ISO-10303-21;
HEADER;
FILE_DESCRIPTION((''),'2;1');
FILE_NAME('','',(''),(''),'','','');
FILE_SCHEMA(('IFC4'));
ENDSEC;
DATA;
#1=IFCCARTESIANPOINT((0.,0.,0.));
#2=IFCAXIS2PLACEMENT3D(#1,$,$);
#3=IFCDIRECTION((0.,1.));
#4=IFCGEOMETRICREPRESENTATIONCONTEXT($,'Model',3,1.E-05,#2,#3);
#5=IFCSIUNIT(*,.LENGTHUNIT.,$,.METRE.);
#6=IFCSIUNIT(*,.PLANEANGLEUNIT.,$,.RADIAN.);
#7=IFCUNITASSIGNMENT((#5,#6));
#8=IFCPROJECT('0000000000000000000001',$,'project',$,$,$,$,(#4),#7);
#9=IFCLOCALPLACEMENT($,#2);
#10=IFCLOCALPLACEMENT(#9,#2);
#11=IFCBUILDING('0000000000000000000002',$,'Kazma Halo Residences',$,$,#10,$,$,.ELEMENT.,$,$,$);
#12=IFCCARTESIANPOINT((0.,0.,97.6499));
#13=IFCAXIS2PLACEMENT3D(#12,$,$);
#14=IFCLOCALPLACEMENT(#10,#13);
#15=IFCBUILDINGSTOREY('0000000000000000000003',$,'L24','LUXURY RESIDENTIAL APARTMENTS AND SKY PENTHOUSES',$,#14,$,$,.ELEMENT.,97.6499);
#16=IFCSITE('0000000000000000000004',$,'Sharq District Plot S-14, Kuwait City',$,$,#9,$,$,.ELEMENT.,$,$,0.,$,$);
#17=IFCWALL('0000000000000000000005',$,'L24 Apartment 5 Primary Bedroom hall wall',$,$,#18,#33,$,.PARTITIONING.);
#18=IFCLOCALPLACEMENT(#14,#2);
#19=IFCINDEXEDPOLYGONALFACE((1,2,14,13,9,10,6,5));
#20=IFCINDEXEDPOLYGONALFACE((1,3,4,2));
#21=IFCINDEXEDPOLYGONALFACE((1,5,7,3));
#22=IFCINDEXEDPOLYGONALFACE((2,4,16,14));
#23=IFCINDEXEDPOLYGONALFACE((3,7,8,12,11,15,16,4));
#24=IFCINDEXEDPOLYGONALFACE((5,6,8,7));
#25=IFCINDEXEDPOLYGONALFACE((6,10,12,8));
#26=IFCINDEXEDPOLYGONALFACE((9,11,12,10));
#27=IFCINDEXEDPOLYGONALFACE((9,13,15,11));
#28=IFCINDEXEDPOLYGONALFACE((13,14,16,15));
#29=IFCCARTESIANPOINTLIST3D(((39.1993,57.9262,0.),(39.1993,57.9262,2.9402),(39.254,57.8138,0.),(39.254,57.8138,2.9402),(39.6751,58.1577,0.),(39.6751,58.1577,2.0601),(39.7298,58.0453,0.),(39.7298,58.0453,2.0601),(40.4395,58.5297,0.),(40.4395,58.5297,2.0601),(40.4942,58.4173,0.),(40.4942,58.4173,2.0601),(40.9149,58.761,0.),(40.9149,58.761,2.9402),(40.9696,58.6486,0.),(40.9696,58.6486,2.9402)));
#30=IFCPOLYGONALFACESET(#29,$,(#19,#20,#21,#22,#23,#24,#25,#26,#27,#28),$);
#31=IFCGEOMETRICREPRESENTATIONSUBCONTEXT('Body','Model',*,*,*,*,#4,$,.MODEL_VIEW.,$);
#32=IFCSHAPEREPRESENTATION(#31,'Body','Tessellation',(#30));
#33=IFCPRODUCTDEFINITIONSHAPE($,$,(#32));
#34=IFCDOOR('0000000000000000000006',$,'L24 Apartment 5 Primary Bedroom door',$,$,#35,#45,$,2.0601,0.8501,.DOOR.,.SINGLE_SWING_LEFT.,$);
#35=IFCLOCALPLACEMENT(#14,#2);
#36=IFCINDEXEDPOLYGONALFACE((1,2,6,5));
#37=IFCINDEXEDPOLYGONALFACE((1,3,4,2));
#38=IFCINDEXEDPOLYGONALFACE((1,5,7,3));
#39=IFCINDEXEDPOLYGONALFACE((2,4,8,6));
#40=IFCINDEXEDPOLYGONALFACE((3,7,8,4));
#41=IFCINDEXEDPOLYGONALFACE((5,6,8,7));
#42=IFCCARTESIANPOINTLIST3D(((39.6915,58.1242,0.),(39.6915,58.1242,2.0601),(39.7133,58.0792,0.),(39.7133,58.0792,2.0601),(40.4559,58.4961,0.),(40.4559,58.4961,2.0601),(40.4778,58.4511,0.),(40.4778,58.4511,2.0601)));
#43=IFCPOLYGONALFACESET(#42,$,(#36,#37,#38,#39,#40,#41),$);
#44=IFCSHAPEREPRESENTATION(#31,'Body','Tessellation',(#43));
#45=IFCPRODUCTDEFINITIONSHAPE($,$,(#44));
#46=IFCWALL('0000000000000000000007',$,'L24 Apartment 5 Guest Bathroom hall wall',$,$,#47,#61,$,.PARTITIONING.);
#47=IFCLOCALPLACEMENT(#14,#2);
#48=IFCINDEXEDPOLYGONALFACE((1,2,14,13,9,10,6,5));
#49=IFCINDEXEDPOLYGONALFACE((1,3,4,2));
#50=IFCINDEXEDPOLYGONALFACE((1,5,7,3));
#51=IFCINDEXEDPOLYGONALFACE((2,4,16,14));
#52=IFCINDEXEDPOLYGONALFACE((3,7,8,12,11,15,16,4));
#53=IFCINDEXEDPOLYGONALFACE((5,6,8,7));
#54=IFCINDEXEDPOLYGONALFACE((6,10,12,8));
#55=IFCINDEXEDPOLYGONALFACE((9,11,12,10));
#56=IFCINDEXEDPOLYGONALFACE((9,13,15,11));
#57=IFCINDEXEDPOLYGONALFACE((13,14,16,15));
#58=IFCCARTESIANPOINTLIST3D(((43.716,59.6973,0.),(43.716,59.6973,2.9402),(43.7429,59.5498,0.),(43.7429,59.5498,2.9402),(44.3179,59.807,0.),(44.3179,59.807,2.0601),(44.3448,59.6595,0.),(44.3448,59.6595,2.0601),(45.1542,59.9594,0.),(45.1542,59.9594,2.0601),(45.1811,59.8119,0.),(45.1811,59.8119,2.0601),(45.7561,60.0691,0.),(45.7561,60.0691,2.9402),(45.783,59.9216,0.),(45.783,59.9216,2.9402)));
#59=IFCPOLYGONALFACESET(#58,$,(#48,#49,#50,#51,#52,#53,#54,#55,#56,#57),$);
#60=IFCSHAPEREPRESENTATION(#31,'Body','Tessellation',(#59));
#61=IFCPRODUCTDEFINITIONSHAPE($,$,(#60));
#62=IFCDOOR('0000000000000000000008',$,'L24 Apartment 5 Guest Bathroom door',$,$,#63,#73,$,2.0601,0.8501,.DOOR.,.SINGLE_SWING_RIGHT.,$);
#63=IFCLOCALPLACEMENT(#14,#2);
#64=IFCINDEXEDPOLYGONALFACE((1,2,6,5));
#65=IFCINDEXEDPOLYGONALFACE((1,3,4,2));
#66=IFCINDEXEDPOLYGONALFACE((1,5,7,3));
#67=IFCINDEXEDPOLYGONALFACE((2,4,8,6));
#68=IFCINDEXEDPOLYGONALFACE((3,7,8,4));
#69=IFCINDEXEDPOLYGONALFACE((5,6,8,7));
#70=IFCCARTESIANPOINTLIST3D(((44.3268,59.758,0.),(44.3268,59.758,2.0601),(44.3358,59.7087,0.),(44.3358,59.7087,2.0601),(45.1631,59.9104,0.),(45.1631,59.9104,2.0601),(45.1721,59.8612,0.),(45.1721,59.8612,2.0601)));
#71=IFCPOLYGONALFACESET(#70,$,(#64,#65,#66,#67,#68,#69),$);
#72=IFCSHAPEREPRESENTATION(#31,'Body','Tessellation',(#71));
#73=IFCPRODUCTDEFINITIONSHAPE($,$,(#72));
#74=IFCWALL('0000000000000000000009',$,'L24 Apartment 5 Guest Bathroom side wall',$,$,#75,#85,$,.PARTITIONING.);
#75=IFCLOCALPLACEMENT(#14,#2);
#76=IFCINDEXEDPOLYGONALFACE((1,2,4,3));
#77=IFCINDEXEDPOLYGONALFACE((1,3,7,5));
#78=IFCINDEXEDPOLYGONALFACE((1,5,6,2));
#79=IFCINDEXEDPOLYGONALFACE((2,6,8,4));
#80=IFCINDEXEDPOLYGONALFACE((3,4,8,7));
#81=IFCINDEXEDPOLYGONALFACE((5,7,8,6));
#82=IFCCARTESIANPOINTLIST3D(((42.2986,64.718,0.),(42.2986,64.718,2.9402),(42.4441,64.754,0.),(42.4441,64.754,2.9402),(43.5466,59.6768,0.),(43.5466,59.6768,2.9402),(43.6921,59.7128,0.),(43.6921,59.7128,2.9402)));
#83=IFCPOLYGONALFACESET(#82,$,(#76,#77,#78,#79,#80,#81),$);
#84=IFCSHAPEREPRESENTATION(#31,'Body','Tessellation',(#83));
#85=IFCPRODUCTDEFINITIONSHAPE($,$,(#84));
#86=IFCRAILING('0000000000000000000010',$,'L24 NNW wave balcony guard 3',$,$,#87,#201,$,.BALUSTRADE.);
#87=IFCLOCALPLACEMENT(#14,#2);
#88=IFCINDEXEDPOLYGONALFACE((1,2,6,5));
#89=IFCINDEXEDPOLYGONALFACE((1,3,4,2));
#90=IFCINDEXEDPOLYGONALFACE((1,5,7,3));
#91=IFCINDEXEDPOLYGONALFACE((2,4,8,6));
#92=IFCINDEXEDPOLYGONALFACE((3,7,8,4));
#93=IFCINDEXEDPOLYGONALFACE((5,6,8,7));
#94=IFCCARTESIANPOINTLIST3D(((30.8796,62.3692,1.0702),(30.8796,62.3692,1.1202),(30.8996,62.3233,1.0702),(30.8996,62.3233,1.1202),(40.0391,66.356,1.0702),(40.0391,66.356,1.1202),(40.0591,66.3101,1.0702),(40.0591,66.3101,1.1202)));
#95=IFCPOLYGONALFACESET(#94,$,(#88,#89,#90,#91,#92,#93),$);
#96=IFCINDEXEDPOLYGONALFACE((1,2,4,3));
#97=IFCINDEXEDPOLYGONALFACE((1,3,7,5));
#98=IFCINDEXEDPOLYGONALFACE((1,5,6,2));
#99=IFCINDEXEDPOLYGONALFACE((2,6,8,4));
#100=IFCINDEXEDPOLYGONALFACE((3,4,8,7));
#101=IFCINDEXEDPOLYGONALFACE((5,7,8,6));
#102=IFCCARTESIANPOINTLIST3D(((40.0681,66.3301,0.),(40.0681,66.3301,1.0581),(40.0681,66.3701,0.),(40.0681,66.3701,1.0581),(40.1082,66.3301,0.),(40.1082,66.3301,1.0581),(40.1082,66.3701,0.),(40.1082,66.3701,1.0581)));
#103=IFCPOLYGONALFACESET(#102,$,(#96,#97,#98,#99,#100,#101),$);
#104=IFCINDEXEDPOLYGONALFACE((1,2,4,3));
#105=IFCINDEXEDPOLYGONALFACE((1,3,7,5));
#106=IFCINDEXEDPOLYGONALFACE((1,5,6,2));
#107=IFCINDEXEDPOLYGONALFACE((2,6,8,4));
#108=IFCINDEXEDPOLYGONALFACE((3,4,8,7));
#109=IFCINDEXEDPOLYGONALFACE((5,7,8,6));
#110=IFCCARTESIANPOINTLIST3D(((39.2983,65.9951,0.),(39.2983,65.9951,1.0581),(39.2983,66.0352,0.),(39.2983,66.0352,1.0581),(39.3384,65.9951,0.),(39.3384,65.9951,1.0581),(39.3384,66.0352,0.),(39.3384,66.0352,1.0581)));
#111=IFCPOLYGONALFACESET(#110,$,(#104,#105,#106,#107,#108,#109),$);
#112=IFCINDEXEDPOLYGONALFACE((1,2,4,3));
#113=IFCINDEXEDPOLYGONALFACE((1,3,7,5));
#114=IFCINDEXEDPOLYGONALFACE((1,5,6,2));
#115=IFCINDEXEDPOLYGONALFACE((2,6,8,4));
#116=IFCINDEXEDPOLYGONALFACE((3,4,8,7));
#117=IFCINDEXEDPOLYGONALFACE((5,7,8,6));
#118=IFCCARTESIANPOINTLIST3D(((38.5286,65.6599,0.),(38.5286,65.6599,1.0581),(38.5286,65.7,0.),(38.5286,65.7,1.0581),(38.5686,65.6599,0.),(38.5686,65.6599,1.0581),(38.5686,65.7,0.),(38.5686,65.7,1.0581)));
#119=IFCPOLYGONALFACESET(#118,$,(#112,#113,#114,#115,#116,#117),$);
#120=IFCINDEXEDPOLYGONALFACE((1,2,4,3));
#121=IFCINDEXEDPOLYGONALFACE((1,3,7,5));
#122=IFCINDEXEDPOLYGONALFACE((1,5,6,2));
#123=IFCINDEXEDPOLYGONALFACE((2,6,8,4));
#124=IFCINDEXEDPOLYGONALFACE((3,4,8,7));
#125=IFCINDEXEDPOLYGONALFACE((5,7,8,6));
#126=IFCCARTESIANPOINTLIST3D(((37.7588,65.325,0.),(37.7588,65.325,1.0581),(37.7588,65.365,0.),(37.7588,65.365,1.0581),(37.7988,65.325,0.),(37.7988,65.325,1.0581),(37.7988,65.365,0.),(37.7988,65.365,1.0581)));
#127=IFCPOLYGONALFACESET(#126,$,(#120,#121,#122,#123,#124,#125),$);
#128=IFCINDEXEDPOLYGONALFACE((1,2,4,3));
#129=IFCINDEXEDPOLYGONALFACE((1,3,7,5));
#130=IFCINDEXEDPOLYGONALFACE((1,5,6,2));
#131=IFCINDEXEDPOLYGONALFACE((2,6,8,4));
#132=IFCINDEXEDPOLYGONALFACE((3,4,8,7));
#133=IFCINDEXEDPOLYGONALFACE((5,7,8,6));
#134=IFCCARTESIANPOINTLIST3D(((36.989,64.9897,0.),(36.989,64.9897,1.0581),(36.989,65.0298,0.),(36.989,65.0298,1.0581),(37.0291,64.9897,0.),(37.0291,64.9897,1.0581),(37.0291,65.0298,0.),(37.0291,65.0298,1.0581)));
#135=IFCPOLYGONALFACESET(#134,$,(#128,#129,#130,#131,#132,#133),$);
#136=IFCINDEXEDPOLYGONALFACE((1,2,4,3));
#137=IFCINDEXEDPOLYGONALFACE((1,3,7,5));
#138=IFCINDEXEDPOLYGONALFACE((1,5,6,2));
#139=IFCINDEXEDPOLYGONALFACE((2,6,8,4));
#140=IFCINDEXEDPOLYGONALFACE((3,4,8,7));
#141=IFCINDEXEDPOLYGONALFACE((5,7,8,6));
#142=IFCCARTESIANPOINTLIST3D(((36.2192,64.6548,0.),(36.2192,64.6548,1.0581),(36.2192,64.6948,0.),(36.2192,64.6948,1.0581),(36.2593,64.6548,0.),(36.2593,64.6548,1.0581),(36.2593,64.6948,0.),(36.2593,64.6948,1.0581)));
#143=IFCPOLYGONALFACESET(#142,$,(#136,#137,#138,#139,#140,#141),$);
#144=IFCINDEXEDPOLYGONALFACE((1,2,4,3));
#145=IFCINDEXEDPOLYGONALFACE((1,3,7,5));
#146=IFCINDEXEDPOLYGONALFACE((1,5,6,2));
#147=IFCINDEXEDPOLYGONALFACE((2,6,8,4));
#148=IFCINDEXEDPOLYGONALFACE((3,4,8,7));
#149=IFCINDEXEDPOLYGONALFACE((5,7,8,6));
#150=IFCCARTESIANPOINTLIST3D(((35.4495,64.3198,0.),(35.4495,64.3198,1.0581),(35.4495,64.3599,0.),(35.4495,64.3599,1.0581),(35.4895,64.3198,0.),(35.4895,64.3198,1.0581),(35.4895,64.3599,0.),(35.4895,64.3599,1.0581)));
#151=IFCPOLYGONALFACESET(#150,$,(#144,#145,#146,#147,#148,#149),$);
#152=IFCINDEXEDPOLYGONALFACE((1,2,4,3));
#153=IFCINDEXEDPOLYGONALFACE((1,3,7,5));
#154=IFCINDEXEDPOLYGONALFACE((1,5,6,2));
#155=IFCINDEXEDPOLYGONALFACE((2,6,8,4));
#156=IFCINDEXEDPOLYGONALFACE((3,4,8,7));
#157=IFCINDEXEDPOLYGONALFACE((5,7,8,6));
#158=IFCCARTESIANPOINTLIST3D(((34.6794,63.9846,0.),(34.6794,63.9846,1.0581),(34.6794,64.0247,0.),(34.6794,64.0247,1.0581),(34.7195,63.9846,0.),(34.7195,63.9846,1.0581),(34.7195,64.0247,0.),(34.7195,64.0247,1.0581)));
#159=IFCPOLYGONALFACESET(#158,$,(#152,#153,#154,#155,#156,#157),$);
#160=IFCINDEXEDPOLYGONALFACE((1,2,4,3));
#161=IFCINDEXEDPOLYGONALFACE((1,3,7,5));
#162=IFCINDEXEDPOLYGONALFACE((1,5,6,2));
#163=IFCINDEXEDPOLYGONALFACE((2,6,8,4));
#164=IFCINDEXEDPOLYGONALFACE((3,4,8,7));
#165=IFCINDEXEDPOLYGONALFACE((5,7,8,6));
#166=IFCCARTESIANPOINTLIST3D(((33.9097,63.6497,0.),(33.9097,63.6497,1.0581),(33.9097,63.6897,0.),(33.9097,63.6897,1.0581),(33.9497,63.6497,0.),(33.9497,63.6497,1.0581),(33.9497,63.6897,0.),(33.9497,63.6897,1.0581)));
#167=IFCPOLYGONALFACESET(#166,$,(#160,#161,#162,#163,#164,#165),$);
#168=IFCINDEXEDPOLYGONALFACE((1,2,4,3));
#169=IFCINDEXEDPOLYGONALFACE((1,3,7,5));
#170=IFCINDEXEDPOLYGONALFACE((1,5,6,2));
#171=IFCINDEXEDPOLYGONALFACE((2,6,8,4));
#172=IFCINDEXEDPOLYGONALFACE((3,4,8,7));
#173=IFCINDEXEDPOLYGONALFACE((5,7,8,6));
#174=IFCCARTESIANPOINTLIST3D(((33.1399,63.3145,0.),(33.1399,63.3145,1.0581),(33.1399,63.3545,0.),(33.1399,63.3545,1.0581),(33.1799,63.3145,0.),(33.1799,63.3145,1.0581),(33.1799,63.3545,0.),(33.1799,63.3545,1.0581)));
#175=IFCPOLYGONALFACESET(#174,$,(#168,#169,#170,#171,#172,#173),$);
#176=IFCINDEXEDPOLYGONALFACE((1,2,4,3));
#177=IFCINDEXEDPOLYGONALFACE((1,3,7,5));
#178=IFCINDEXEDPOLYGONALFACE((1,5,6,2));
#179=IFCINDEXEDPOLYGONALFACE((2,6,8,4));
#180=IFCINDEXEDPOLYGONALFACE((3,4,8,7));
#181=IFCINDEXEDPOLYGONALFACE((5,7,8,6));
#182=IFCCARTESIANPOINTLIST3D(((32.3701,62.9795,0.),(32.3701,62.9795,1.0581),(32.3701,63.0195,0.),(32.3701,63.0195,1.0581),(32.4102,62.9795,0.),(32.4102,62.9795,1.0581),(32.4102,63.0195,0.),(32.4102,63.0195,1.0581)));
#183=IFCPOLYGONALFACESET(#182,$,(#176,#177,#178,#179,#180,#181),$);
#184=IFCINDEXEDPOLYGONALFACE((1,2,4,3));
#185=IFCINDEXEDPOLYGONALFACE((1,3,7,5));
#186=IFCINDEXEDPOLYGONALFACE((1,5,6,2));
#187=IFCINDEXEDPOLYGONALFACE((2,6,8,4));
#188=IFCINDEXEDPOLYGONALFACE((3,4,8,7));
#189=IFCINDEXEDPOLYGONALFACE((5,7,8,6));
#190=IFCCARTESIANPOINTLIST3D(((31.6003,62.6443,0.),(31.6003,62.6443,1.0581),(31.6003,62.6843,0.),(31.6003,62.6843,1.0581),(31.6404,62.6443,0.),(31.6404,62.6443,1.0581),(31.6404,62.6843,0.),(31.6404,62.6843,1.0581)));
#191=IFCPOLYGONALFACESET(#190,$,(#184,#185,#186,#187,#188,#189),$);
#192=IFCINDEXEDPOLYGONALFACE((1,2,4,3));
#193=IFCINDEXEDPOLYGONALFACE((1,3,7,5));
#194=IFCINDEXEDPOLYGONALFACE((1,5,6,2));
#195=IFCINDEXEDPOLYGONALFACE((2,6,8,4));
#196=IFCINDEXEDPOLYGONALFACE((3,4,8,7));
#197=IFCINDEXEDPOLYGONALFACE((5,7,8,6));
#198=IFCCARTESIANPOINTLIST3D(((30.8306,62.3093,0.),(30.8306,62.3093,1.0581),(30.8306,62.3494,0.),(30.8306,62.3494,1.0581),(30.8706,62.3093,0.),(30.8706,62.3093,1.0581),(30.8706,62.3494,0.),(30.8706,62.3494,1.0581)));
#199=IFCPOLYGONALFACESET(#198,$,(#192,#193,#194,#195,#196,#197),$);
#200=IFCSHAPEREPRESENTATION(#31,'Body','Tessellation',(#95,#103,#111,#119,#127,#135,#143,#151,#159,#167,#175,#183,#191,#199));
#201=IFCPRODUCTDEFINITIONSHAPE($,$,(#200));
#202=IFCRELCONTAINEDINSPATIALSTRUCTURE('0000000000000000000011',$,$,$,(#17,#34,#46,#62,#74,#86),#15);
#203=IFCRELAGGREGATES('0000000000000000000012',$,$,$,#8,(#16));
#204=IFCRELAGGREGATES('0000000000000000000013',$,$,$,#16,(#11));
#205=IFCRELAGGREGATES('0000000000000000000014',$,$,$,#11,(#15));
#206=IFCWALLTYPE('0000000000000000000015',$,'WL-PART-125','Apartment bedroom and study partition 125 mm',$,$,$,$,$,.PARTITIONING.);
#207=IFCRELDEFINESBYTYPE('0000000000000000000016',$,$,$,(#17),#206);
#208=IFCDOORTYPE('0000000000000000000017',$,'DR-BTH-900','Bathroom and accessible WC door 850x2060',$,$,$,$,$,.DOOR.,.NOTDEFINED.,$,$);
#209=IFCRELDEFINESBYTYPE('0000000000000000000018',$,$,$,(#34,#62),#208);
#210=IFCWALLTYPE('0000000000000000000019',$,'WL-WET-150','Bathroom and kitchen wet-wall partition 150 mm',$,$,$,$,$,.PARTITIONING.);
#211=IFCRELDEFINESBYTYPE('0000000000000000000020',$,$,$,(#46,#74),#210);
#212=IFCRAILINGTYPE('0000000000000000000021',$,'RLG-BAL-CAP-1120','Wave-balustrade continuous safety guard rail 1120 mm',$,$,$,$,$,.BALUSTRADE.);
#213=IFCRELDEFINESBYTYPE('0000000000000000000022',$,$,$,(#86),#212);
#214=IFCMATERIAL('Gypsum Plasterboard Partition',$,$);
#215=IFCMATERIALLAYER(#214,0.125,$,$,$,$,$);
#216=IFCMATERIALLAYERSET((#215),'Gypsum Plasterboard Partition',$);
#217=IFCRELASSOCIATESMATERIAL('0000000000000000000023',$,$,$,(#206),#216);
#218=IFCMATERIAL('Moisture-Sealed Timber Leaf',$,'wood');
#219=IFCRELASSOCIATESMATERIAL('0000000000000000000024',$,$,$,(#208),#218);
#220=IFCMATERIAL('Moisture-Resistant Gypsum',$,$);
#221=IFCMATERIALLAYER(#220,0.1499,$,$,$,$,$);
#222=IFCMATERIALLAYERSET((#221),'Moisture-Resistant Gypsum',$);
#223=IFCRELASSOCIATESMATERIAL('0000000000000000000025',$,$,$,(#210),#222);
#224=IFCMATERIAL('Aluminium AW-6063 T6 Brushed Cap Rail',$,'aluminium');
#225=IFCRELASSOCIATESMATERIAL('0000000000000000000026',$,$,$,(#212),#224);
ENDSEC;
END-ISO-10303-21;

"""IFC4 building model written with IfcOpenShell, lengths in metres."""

from ifc_helpers import new_model, si_unit, direction, frame, frame_2d, origin, origin_2d, place, context, subcontext, project, spatial, rectangle, extrude, material, layer, layer_set, type_object, element, fill, save


model = new_model("IFC4")

# Units and contexts
model_context = context("Model", 3, precision=1e-05, world=origin(), true_north=direction((0.0, 1.0)))
body_context = subcontext(model_context, "Body", "Model", "MODEL_VIEW")
ifc_project = project(units=[si_unit("LENGTHUNIT", "METRE"), si_unit("PLANEANGLEUNIT", "RADIAN")], contexts=[model_context])

# Site, building, storey
site_placement = place(None, origin())
site = spatial("IfcSite", under=ifc_project, at=site_placement, Name="Sharq District Plot S-14, Kuwait City", CompositionType="ELEMENT", RefElevation=0.0)
building_placement = place(site_placement, origin())
building = spatial("IfcBuilding", under=site, at=building_placement, Name="Kazma Halo Residences", CompositionType="ELEMENT")
storey_placement = place(building_placement, frame((0.0, 0.0, 97.6499)))
storey = spatial("IfcBuildingStorey", under=building, at=storey_placement, Name="L24", Description="LUXURY RESIDENTIAL APARTMENTS AND SKY PENTHOUSES", CompositionType="ELEMENT", Elevation=97.6499)

# Shared definitions
ifc_material_1 = material(Name="Gypsum Plasterboard Partition")
ifc_layer_1 = layer(ifc_material_1, 0.125)
ifc_layer_set_1 = layer_set([ifc_layer_1], Name="Gypsum Plasterboard Partition")
wall_type_1 = type_object("IfcWallType", Name="WL-PART-125", Description="Apartment bedroom and study partition 125 mm", PredefinedType="PARTITIONING", material=ifc_layer_set_1)

# Walls, openings, doors
ifc_material_2 = material(Name="Moisture-Sealed Timber Leaf", Category="wood")
door_type_1 = type_object("IfcDoorType", Name="DR-BTH-900", Description="Bathroom and accessible WC door 850x2060", OperationType="NOTDEFINED", PredefinedType="DOOR", material=ifc_material_2)
wall_1_placement = place(storey_placement, frame((40.9424, 58.7048, 0.0), z_axis=(0.0, 0.0, 1.0), x_axis=(-0.899212, -0.437513, 0.0)))
wall_1 = element("IfcWall", 1, at=wall_1_placement, inside=storey, type_object=wall_type_1, Name="L24 Apartment 5 Primary Bedroom hall wall", PredefinedType="PARTITIONING", context=body_context, shape_type="SweptSolid", body=[
    extrude(rectangle(XDim=1.908, YDim=0.125, at=frame_2d((0.9541, 0.0))), origin(), (0.0, 0.0, 1.0), 2.9402),
])
opening_1_placement = place(wall_1_placement, frame((0.5288, 0.0, 0.0)))
opening_1 = element("IfcOpeningElement", 2, at=opening_1_placement, cuts=wall_1, PredefinedType="OPENING", context=body_context, shape_type="SweptSolid", body=[
    extrude(rectangle(XDim=0.8501, YDim=2.0601, at=frame_2d((0.425, 1.03))), frame((0.0, 0.0725, 0.0), z_axis=(0.0, -1.0, 0.0), x_axis=(1.0, 0.0, 0.0)), (0.0, 0.0, 1.0), 0.145),
])
door_1_placement = place(opening_1_placement, origin())
door_1 = element("IfcDoor", 3, at=door_1_placement, inside=storey, type_object=door_type_1, Name="L24 Apartment 5 Primary Bedroom door", OperationType="SINGLE_SWING_LEFT", OverallHeight=2.0601, OverallWidth=0.8501, PredefinedType="DOOR", context=body_context, shape_type="SweptSolid", body=[
    extrude(rectangle(XDim=0.8501, YDim=2.0601, at=frame_2d((0.425, 1.03))), frame((0.0, 0.0249, 0.0), z_axis=(0.0, -1.0, 0.0), x_axis=(1.0, 0.0, 0.0)), (0.0, 0.0, 1.0), 0.05),
])
fill(opening_1, door_1)
ifc_material_3 = material(Name="Moisture-Resistant Gypsum")
ifc_layer_2 = layer(ifc_material_3, 0.1499)
ifc_layer_set_2 = layer_set([ifc_layer_2], Name="Moisture-Resistant Gypsum")
wall_type_2 = type_object("IfcWallType", Name="WL-WET-150", Description="Bathroom and kitchen wet-wall partition 150 mm", PredefinedType="PARTITIONING", material=ifc_layer_set_2)
wall_2_placement = place(storey_placement, frame((45.7695, 59.9954, 0.0), z_axis=(0.0, 0.0, 1.0), x_axis=(-0.983793, -0.17931, 0.0)))
wall_2 = element("IfcWall", 4, at=wall_2_placement, inside=storey, type_object=wall_type_2, Name="L24 Apartment 5 Guest Bathroom hall wall", PredefinedType="PARTITIONING", context=body_context, shape_type="SweptSolid", body=[
    extrude(rectangle(XDim=2.0737, YDim=0.1499, at=frame_2d((1.0369, 0.0))), origin(), (0.0, 0.0, 1.0), 2.9402),
])
opening_2_placement = place(wall_2_placement, frame((0.6118, 0.0, 0.0)))
opening_2 = element("IfcOpeningElement", 5, at=opening_2_placement, cuts=wall_2, PredefinedType="OPENING", context=body_context, shape_type="SweptSolid", body=[
    extrude(rectangle(XDim=0.8501, YDim=2.0601, at=frame_2d((0.425, 1.03))), frame((0.0, 0.085, 0.0), z_axis=(0.0, -1.0, 0.0), x_axis=(1.0, 0.0, 0.0)), (0.0, 0.0, 1.0), 0.1699),
])
door_2_placement = place(opening_2_placement, origin())
door_2 = element("IfcDoor", 6, at=door_2_placement, inside=storey, type_object=door_type_1, Name="L24 Apartment 5 Guest Bathroom door", OperationType="SINGLE_SWING_RIGHT", OverallHeight=2.0601, OverallWidth=0.8501, PredefinedType="DOOR", context=body_context, shape_type="SweptSolid", body=[
    extrude(rectangle(XDim=0.8501, YDim=2.0601, at=frame_2d((0.425, 1.03))), frame((0.0, 0.0249, 0.0), z_axis=(0.0, -1.0, 0.0), x_axis=(1.0, 0.0, 0.0)), (0.0, 0.0, 1.0), 0.05),
])
fill(opening_2, door_2)

# Wall
wall_3_placement = place(storey_placement, frame((43.6194, 59.6948, 0.0), z_axis=(0.0, 0.0, 1.0), x_axis=(-0.240312, 0.970696, 0.0)))
element("IfcWall", 7, at=wall_3_placement, inside=storey, type_object=wall_type_2, Name="L24 Apartment 5 Guest Bathroom side wall", PredefinedType="PARTITIONING", context=body_context, shape_type="SweptSolid", body=[
    extrude(rectangle(XDim=5.1934, YDim=0.1499, at=frame_2d((2.5967, 0.0))), origin(), (0.0, 0.0, 1.0), 2.9402),
])

# Railing
ifc_material_4 = material(Name="Aluminium AW-6063 T6 Brushed Cap Rail", Category="aluminium")
railing_type = type_object("IfcRailingType", Name="RLG-BAL-CAP-1120", Description="Wave-balustrade continuous safety guard rail 1120 mm", PredefinedType="BALUSTRADE", material=ifc_material_4)
railing_placement = place(storey_placement, frame((40.0881, 66.3501, 0.0)))
element("IfcRailing", 8, at=railing_placement, inside=storey, type_object=railing_type, Name="L24 NNW wave balcony guard 3", PredefinedType="BALUSTRADE", context=body_context, shape_type="SweptSolid", body=[
    extrude(rectangle(XDim=0.05, YDim=0.05, at=origin_2d()), frame((-0.0391, -0.0171, 1.0952), z_axis=(-0.916909, -0.399096, 0.0), x_axis=(0.399096, -0.916909, 0.0)), (0.0, 0.0, 1.0), 9.9895),
    extrude(rectangle(XDim=0.04, YDim=0.04, at=origin_2d()), origin(), (0.0, 0.0, 1.0), 1.0581),
    extrude(rectangle(XDim=0.04, YDim=0.04, at=origin_2d()), frame((-0.7698, -0.335, 0.0)), (0.0, 0.0, 1.0), 1.0581),
    extrude(rectangle(XDim=0.04, YDim=0.04, at=origin_2d()), frame((-1.5396, -0.6702, 0.0)), (0.0, 0.0, 1.0), 1.0581),
    extrude(rectangle(XDim=0.04, YDim=0.04, at=origin_2d()), frame((-2.3093, -1.0051, 0.0)), (0.0, 0.0, 1.0), 1.0581),
    extrude(rectangle(XDim=0.04, YDim=0.04, at=origin_2d()), frame((-3.0791, -1.3403, 0.0)), (0.0, 0.0, 1.0), 1.0581),
    extrude(rectangle(XDim=0.04, YDim=0.04, at=origin_2d()), frame((-3.8489, -1.6753, 0.0)), (0.0, 0.0, 1.0), 1.0581),
    extrude(rectangle(XDim=0.04, YDim=0.04, at=origin_2d()), frame((-4.6187, -2.0103, 0.0)), (0.0, 0.0, 1.0), 1.0581),
    extrude(rectangle(XDim=0.04, YDim=0.04, at=origin_2d()), frame((-5.3887, -2.3455, 0.0)), (0.0, 0.0, 1.0), 1.0581),
    extrude(rectangle(XDim=0.04, YDim=0.04, at=origin_2d()), frame((-6.1584, -2.6804, 0.0)), (0.0, 0.0, 1.0), 1.0581),
    extrude(rectangle(XDim=0.04, YDim=0.04, at=origin_2d()), frame((-6.9282, -3.0156, 0.0)), (0.0, 0.0, 1.0), 1.0581),
    extrude(rectangle(XDim=0.04, YDim=0.04, at=origin_2d()), frame((-7.698, -3.3506, 0.0)), (0.0, 0.0, 1.0), 1.0581),
    extrude(rectangle(XDim=0.04, YDim=0.04, at=origin_2d()), frame((-8.4678, -3.6858, 0.0)), (0.0, 0.0, 1.0), 1.0581),
    extrude(rectangle(XDim=0.04, YDim=0.04, at=origin_2d()), frame((-9.2375, -4.0208, 0.0)), (0.0, 0.0, 1.0), 1.0581),
])

save(model, "model.ifc")
